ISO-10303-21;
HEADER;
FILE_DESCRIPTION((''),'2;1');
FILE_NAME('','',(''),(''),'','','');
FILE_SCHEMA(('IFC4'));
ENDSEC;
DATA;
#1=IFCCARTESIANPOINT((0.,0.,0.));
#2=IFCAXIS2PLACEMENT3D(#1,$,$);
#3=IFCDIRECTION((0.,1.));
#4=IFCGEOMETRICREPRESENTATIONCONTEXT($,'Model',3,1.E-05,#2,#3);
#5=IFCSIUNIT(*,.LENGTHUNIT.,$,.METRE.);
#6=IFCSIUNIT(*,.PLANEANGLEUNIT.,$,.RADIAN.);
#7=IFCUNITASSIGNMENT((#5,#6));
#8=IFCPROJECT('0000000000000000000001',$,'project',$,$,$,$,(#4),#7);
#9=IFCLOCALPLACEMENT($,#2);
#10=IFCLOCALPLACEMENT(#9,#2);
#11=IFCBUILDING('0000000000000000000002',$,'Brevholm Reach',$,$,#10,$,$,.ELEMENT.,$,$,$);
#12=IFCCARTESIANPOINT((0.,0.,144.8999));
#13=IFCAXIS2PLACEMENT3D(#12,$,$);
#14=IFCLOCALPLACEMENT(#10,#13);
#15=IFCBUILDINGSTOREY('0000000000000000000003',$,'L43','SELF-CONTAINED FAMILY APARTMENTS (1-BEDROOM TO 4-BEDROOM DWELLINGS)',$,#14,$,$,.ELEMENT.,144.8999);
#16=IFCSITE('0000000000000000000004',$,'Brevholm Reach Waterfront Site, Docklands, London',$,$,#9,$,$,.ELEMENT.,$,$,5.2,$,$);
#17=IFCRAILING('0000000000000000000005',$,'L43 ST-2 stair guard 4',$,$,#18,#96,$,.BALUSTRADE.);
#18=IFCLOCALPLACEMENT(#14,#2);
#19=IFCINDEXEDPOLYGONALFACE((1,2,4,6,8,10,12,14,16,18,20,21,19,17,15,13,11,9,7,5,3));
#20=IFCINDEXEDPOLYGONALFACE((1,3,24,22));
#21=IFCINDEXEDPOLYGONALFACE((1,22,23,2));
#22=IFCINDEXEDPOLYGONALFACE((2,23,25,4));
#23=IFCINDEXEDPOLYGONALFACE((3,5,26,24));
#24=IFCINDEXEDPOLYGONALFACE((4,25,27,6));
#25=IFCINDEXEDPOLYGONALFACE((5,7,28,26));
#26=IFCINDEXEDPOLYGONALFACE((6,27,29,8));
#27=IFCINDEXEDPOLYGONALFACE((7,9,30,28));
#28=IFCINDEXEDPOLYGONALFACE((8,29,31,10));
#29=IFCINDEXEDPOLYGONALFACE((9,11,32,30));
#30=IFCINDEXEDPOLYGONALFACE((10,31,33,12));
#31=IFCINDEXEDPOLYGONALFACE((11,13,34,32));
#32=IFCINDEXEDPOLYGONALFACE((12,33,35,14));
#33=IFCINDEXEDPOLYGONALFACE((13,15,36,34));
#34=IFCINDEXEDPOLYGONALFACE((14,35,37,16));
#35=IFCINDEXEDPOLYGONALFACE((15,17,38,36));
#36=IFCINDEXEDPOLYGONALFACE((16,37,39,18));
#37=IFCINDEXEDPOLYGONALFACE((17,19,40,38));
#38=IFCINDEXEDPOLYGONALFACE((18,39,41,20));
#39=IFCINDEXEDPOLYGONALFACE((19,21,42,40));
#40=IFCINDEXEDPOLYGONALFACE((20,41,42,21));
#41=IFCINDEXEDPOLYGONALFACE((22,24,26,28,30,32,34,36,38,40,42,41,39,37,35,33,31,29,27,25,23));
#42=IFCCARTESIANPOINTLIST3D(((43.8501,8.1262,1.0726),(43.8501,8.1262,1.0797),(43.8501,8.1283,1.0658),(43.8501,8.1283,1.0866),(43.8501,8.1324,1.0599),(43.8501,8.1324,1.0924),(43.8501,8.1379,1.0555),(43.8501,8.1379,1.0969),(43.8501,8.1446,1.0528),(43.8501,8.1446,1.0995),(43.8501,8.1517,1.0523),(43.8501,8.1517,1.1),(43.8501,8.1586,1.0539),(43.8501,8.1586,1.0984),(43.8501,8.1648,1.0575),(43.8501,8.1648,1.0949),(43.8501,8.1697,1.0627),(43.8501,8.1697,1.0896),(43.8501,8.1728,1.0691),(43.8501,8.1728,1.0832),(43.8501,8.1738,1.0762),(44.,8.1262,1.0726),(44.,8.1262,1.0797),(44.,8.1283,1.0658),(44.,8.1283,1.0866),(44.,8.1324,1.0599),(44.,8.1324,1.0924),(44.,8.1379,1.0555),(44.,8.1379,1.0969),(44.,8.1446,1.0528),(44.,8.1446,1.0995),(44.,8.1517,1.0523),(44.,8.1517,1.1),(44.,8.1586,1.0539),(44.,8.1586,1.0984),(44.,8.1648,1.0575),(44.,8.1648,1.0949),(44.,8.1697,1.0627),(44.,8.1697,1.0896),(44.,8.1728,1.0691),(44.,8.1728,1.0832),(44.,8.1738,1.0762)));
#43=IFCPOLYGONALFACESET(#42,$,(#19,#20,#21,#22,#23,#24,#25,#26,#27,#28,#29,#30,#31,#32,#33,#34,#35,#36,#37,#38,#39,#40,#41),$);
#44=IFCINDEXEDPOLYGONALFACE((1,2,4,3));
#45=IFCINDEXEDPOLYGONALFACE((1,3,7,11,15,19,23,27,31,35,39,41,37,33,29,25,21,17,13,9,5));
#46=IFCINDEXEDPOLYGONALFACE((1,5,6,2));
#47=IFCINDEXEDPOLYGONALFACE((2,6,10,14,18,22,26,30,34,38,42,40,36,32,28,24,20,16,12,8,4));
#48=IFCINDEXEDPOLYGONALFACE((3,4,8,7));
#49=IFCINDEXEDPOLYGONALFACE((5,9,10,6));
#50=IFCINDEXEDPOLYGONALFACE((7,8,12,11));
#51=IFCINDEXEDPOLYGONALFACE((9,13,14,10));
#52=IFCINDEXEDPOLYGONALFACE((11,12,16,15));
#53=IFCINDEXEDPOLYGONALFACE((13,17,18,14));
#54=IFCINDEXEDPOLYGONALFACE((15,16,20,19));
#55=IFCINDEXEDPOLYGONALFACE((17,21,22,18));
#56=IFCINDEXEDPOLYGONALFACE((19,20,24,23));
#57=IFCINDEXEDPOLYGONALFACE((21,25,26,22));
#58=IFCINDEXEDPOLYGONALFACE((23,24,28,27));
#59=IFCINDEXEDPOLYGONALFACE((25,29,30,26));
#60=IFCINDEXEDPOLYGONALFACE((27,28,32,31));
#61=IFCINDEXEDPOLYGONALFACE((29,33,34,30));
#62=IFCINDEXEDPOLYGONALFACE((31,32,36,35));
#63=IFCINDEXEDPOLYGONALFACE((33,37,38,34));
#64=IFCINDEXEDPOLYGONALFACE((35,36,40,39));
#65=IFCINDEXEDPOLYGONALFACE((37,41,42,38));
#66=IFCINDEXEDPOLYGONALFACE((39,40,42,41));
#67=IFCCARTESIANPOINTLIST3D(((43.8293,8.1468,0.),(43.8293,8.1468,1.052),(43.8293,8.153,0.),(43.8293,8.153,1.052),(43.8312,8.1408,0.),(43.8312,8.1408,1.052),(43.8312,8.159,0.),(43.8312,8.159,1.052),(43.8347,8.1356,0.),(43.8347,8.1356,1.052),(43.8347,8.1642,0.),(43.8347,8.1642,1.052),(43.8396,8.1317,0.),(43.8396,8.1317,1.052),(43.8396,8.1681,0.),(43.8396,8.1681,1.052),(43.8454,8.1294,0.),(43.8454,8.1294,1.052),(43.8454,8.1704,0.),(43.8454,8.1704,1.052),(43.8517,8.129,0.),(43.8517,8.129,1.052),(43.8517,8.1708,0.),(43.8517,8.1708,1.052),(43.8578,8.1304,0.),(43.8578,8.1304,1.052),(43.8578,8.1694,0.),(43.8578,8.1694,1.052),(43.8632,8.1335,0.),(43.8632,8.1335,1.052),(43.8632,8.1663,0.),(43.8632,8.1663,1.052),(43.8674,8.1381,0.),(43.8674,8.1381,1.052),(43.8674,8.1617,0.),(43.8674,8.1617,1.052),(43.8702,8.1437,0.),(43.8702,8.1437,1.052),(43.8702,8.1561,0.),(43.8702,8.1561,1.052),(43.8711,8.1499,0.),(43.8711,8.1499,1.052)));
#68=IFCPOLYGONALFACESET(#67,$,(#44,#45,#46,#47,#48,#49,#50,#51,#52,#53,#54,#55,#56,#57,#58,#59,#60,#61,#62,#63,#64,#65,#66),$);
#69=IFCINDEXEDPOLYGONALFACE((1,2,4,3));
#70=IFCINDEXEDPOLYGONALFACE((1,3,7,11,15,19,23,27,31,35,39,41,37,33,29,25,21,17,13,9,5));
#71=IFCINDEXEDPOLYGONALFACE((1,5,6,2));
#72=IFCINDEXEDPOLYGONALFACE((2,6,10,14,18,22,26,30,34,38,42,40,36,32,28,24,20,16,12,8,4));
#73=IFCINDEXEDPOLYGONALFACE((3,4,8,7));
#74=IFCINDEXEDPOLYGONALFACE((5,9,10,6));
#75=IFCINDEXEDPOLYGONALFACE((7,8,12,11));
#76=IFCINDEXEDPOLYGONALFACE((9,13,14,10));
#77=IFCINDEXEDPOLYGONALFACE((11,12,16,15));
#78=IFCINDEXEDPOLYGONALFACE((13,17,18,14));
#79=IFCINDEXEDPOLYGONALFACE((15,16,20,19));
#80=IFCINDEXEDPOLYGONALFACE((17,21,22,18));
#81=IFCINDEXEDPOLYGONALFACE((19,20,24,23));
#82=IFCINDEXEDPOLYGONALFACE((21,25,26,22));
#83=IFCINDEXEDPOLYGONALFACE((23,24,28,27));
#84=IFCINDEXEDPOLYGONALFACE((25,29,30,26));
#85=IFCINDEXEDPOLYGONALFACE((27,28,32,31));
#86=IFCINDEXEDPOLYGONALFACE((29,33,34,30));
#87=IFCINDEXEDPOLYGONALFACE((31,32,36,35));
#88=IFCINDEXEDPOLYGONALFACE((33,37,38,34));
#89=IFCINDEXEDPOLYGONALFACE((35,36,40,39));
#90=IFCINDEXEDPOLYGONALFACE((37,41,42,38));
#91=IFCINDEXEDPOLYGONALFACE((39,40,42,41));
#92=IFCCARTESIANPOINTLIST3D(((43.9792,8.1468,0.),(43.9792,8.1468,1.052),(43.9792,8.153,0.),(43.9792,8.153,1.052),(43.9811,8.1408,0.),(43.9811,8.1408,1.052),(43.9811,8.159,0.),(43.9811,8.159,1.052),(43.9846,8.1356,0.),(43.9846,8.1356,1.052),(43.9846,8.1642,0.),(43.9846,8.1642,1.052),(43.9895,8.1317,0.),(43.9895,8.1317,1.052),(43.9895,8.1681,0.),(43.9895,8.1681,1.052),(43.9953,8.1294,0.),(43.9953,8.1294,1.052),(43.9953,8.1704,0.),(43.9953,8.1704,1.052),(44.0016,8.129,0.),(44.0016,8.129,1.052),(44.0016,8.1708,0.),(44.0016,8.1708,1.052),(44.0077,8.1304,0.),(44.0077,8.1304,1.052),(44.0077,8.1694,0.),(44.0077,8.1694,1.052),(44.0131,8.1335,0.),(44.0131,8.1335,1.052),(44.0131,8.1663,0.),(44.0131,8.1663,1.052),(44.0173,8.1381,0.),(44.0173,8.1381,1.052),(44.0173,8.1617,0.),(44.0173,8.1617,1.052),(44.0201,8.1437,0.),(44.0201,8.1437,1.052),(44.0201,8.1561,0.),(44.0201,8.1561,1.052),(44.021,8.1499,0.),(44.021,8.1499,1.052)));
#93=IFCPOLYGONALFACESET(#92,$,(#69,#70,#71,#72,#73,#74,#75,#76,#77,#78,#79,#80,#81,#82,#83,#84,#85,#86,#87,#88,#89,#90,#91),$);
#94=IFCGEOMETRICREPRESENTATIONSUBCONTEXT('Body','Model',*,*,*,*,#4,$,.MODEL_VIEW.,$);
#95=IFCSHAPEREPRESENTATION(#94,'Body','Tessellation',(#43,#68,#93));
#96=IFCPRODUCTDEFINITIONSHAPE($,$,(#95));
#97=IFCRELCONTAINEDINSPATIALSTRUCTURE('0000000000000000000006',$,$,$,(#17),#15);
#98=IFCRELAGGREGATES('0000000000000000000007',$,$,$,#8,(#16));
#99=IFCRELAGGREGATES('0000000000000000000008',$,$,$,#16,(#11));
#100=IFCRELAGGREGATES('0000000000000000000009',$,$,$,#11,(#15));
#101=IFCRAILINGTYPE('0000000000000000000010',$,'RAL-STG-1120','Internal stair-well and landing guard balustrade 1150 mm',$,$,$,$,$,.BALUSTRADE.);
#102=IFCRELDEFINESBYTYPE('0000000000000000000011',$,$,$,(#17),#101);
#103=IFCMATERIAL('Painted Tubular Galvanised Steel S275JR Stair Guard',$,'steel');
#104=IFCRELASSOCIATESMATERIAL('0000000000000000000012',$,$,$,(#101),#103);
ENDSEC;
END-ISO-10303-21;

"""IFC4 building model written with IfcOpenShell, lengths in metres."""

from ifc_helpers import new_model, si_unit, direction, frame, origin, origin_2d, place, context, subcontext, project, spatial, circle, extrude, material, type_object, element, save


model = new_model("IFC4")

# Units and contexts
model_context = context("Model", 3, precision=1e-05, world=origin(), true_north=direction((0.0, 1.0)))
body_context = subcontext(model_context, "Body", "Model", "MODEL_VIEW")
ifc_project = project(units=[si_unit("LENGTHUNIT", "METRE"), si_unit("PLANEANGLEUNIT", "RADIAN")], contexts=[model_context])

# Site, building, storey
site_placement = place(None, origin())
site = spatial("IfcSite", under=ifc_project, at=site_placement, Name="Brevholm Reach Waterfront Site, Docklands, London", CompositionType="ELEMENT", RefElevation=5.2)
building_placement = place(site_placement, origin())
building = spatial("IfcBuilding", under=site, at=building_placement, Name="Brevholm Reach", CompositionType="ELEMENT")
storey_placement = place(building_placement, frame((0.0, 0.0, 144.8999)))
storey = spatial("IfcBuildingStorey", under=building, at=storey_placement, Name="L43", Description="SELF-CONTAINED FAMILY APARTMENTS (1-BEDROOM TO 4-BEDROOM DWELLINGS)", CompositionType="ELEMENT", Elevation=144.8999)

# Railing
ifc_material_1 = material(Name="Painted Tubular Galvanised Steel S275JR Stair Guard", Category="steel")
railing_type_1 = type_object("IfcRailingType", Name="RAL-STG-1120", Description="Internal stair-well and landing guard balustrade 1150 mm", PredefinedType="BALUSTRADE", material=ifc_material_1)
railing_1_placement = place(storey_placement, frame((43.8501, 8.1499, 0.0)))
element("IfcRailing", 1, at=railing_1_placement, inside=storey, type_object=railing_type_1, Name="L43 ST-2 stair guard 4", PredefinedType="BALUSTRADE", context=body_context, shape_type="SweptSolid", body=[
    extrude(circle(Radius=0.0239, at=origin_2d()), frame((0.0, 0.0, 1.0762), z_axis=(1.0, 0.0, 0.0), x_axis=(0.0, 1.0, 0.0)), (0.0, 0.0, 1.0), 0.1499),
    extrude(circle(Radius=0.021, at=origin_2d()), origin(), (0.0, 0.0, 1.0), 1.052),
    extrude(circle(Radius=0.021, at=origin_2d()), frame((0.1499, 0.0, 0.0)), (0.0, 0.0, 1.0), 1.052),
])

save(model, "model.ifc")
